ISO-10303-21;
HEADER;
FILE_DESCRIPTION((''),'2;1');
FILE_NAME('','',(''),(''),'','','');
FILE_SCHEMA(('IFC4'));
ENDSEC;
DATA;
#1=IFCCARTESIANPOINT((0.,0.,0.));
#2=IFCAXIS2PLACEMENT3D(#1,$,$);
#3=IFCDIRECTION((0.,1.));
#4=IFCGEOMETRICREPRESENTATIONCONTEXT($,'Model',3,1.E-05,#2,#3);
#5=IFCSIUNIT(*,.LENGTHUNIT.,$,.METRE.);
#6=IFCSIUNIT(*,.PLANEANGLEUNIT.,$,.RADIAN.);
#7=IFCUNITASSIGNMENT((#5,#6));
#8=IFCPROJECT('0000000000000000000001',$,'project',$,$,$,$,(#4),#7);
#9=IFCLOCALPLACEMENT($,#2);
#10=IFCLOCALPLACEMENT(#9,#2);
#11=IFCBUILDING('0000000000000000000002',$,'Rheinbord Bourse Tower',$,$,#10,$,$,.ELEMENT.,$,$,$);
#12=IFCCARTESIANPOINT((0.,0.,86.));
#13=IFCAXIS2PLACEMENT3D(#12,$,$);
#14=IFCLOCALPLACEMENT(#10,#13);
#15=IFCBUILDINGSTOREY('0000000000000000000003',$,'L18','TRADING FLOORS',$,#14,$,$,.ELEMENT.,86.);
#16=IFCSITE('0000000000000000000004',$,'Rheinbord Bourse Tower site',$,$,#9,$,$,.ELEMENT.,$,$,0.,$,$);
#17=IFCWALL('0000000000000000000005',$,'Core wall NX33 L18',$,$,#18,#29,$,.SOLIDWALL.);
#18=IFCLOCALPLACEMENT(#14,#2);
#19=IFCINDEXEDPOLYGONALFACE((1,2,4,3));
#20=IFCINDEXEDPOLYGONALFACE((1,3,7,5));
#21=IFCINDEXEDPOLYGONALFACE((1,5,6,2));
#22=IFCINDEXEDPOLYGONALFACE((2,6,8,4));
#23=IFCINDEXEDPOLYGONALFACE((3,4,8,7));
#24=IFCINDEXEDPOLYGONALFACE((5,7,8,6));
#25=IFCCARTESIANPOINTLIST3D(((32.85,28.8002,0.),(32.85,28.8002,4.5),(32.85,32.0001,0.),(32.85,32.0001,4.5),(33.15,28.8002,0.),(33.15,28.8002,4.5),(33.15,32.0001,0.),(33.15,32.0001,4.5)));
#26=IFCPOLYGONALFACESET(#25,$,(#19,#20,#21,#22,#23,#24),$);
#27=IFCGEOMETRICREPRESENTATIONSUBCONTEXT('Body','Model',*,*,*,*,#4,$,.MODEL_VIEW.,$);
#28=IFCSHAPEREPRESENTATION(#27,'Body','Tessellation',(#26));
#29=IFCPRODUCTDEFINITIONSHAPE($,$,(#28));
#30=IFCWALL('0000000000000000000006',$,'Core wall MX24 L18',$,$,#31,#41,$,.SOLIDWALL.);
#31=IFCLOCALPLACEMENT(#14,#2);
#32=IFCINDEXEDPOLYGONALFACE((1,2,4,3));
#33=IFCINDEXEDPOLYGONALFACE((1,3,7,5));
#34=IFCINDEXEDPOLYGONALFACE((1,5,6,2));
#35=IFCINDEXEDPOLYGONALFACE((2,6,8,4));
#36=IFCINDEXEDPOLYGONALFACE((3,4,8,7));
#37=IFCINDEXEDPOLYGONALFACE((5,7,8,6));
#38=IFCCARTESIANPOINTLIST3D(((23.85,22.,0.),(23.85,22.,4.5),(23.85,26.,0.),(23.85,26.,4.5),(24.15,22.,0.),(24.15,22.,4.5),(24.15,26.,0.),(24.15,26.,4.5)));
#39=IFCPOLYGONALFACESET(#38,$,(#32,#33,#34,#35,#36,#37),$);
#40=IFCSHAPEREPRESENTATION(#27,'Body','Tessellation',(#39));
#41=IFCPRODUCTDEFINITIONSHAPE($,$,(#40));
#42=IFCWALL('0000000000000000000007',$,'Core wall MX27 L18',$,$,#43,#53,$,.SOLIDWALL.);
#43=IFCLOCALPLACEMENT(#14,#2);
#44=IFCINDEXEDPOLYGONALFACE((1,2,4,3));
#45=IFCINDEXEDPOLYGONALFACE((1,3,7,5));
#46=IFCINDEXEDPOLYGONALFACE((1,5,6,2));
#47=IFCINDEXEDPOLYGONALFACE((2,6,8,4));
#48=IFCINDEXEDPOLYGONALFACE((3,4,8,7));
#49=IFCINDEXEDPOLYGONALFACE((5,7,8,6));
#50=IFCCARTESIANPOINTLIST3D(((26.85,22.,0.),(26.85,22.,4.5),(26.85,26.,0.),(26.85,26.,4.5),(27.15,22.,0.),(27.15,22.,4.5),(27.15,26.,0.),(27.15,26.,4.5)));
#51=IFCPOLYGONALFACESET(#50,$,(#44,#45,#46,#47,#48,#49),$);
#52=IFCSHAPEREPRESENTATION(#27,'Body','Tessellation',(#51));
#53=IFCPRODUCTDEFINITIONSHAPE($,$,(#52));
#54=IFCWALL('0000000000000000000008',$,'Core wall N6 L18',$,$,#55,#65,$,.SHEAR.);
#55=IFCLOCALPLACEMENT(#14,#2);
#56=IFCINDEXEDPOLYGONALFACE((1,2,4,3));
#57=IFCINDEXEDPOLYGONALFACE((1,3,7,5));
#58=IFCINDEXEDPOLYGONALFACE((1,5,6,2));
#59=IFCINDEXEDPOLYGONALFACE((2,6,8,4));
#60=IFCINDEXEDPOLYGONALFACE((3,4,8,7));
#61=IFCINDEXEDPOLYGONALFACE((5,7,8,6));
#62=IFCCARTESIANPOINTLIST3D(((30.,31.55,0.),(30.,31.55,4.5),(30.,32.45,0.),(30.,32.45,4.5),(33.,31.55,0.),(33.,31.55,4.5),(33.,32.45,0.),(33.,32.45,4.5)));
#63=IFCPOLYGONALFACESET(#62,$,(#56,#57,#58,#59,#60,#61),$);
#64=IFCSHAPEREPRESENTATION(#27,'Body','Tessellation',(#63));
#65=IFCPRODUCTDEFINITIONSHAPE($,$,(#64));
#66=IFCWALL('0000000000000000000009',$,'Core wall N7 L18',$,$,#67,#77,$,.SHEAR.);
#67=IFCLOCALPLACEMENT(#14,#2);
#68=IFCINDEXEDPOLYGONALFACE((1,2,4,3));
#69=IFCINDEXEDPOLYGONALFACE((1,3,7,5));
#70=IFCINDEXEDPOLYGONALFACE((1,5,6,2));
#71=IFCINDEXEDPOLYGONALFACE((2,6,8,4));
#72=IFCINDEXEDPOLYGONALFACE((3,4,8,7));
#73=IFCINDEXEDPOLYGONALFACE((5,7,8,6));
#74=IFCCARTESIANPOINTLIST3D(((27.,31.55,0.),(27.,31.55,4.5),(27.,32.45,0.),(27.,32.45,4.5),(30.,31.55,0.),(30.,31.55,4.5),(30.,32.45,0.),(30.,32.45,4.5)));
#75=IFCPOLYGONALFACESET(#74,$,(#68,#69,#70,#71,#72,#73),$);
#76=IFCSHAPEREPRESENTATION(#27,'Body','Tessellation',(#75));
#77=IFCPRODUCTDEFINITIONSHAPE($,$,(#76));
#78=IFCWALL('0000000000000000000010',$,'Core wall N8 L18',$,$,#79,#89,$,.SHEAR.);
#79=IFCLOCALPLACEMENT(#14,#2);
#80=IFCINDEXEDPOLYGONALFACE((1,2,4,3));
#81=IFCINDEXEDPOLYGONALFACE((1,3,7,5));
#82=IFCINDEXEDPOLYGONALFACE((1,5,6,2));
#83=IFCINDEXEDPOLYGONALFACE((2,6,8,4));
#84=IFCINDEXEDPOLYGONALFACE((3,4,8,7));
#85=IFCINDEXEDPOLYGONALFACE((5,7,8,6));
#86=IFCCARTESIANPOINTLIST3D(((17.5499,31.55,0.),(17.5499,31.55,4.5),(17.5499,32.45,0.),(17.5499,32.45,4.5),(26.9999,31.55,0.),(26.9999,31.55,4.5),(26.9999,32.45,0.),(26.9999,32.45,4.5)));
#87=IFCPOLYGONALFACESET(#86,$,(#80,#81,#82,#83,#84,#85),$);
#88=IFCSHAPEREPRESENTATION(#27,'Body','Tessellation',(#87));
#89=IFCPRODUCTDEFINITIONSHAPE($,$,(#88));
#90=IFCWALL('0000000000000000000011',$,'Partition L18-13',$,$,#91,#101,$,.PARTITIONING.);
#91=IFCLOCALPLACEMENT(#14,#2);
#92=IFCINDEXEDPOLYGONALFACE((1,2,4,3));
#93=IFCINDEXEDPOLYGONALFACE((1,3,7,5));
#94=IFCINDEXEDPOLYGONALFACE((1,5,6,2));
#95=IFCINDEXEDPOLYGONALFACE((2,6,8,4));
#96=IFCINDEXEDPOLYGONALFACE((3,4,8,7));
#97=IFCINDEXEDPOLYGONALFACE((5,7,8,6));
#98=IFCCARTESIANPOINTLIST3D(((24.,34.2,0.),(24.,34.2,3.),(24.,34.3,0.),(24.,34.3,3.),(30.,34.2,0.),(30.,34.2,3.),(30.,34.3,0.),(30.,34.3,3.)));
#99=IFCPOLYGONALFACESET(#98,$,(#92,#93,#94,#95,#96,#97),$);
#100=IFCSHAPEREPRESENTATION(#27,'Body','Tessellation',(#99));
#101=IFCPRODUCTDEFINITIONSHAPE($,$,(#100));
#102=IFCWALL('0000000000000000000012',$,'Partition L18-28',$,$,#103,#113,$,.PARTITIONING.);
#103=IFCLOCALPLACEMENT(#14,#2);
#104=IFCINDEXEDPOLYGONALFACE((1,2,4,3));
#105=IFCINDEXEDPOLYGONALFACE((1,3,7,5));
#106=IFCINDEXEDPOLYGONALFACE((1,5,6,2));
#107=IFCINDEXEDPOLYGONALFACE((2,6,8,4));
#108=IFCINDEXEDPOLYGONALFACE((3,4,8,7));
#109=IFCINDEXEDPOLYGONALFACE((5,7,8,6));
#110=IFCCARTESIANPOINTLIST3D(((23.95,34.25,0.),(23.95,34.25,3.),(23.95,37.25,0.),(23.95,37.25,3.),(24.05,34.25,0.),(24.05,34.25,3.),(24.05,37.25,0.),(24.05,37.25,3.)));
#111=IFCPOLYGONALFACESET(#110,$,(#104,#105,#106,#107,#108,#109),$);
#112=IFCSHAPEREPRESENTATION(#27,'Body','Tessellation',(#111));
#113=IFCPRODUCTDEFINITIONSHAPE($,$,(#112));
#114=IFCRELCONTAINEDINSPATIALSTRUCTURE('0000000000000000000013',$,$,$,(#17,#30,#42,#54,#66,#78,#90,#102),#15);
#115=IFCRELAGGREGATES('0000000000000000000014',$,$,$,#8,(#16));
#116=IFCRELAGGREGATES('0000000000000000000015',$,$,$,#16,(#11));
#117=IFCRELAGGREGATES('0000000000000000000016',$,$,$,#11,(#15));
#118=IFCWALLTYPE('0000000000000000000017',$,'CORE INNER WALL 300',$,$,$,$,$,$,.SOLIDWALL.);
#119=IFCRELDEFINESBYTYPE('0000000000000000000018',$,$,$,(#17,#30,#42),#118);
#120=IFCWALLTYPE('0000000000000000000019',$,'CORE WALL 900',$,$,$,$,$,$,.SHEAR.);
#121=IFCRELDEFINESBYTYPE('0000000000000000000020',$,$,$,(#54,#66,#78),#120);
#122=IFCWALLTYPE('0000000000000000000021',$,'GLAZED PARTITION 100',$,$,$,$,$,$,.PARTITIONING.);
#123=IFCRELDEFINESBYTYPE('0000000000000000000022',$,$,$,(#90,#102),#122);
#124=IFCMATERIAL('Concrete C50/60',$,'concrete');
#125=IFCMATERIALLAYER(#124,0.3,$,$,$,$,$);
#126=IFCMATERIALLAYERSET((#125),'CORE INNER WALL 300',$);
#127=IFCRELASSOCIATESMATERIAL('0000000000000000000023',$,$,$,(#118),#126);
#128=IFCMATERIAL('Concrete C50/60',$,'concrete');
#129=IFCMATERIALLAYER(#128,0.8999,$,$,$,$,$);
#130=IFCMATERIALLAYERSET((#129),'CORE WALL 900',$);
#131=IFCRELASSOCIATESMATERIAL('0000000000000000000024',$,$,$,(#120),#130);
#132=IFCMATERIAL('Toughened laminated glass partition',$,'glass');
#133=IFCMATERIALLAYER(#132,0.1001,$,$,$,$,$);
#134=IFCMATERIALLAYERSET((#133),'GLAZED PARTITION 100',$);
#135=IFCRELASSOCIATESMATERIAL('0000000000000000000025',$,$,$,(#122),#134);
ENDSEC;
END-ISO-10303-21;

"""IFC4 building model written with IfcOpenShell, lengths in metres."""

from ifc_helpers import new_model, si_unit, direction, frame, frame_2d, origin, place, context, subcontext, project, spatial, rectangle, extrude, material, layer, layer_set, type_object, element, save


model = new_model("IFC4")

# Units and contexts
model_context = context("Model", 3, precision=1e-05, world=origin(), true_north=direction((0.0, 1.0)))
body_context = subcontext(model_context, "Body", "Model", "MODEL_VIEW")
ifc_project = project(units=[si_unit("LENGTHUNIT", "METRE"), si_unit("PLANEANGLEUNIT", "RADIAN")], contexts=[model_context])

# Site, building, storey
site_placement = place(None, origin())
site = spatial("IfcSite", under=ifc_project, at=site_placement, Name="Rheinbord Bourse Tower site", CompositionType="ELEMENT", RefElevation=0.0)
building_placement = place(site_placement, origin())
building = spatial("IfcBuilding", under=site, at=building_placement, Name="Rheinbord Bourse Tower", CompositionType="ELEMENT")
storey_placement = place(building_placement, frame((0.0, 0.0, 86.0)))
storey = spatial("IfcBuildingStorey", under=building, at=storey_placement, Name="L18", Description="TRADING FLOORS", CompositionType="ELEMENT", Elevation=86.0)

# Shared definitions
ifc_material_1 = material(Name="Concrete C50/60", Category="concrete")
ifc_layer_1 = layer(ifc_material_1, 0.3)
ifc_layer_set_1 = layer_set([ifc_layer_1], Name="CORE INNER WALL 300")
wall_type_1 = type_object("IfcWallType", Name="CORE INNER WALL 300", PredefinedType="SOLIDWALL", material=ifc_layer_set_1)

# Walls
for number, where, z_axis, x_axis, name in (
    (1, (33.0, 28.8, 0.0), (0.0, 0.0, 1.0), (0.0, 1.0, 0.0), "Core wall NX33 L18"),
):
    element("IfcWall", number, at=place(storey_placement, frame(where, z_axis=z_axis, x_axis=x_axis)), inside=storey, type_object=wall_type_1, Name=name, PredefinedType="SOLIDWALL", context=body_context, shape_type="SweptSolid", body=[
        extrude(rectangle(XDim=3.2, YDim=0.3, at=frame_2d((1.6001, 0.0))), origin(), (0.0, 0.0, 1.0), 4.5),
    ])
for number, where, z_axis, x_axis, name in (
    (2, (24.0, 22.0, 0.0), (0.0, 0.0, 1.0), (0.0, 1.0, 0.0), "Core wall MX24 L18"),
    (3, (27.0, 22.0, 0.0), (0.0, 0.0, 1.0), (0.0, 1.0, 0.0), "Core wall MX27 L18"),
):
    element("IfcWall", number, at=place(storey_placement, frame(where, z_axis=z_axis, x_axis=x_axis)), inside=storey, type_object=wall_type_1, Name=name, PredefinedType="SOLIDWALL", context=body_context, shape_type="SweptSolid", body=[
        extrude(rectangle(XDim=4.0, YDim=0.3, at=frame_2d((2.0, 0.0))), origin(), (0.0, 0.0, 1.0), 4.5),
    ])
ifc_material_2 = material(Name="Concrete C50/60", Category="concrete")
ifc_layer_2 = layer(ifc_material_2, 0.8999)
ifc_layer_set_2 = layer_set([ifc_layer_2], Name="CORE WALL 900")
wall_type_2 = type_object("IfcWallType", Name="CORE WALL 900", PredefinedType="SHEAR", material=ifc_layer_set_2)
for number, where, z_axis, x_axis, name in (
    (4, (33.0, 32.0, 0.0), (0.0, 0.0, 1.0), (-1.0, 0.0, 0.0), "Core wall N6 L18"),
    (5, (30.0, 32.0, 0.0), (0.0, 0.0, 1.0), (-1.0, 0.0, 0.0), "Core wall N7 L18"),
):
    element("IfcWall", number, at=place(storey_placement, frame(where, z_axis=z_axis, x_axis=x_axis)), inside=storey, type_object=wall_type_2, Name=name, PredefinedType="SHEAR", context=body_context, shape_type="SweptSolid", body=[
        extrude(rectangle(XDim=3.0, YDim=0.8999, at=frame_2d((1.5, 0.0))), origin(), (0.0, 0.0, 1.0), 4.5),
    ])
wall_1_placement = place(storey_placement, frame((27.0, 32.0, 0.0), z_axis=(0.0, 0.0, 1.0), x_axis=(-1.0, 0.0, 0.0)))
element("IfcWall", 6, at=wall_1_placement, inside=storey, type_object=wall_type_2, Name="Core wall N8 L18", PredefinedType="SHEAR", context=body_context, shape_type="SweptSolid", body=[
    extrude(rectangle(XDim=9.45, YDim=0.8999, at=frame_2d((4.7251, 0.0))), origin(), (0.0, 0.0, 1.0), 4.5),
])
ifc_material_3 = material(Name="Toughened laminated glass partition", Category="glass")
ifc_layer_3 = layer(ifc_material_3, 0.1001)
ifc_layer_set_3 = layer_set([ifc_layer_3], Name="GLAZED PARTITION 100")
wall_type_3 = type_object("IfcWallType", Name="GLAZED PARTITION 100", PredefinedType="PARTITIONING", material=ifc_layer_set_3)
wall_2_placement = place(storey_placement, frame((24.0, 34.25, 0.0), z_axis=(0.0, 0.0, 1.0), x_axis=(1.0, 0.0, 0.0)))
element("IfcWall", 7, at=wall_2_placement, inside=storey, type_object=wall_type_3, Name="Partition L18-13", PredefinedType="PARTITIONING", context=body_context, shape_type="SweptSolid", body=[
    extrude(rectangle(XDim=6.0, YDim=0.1001, at=frame_2d((3.0, 0.0))), origin(), (0.0, 0.0, 1.0), 3.0),
])
wall_3_placement = place(storey_placement, frame((24.0, 34.25, 0.0), z_axis=(0.0, 0.0, 1.0), x_axis=(0.0, 1.0, 0.0)))
element("IfcWall", 8, at=wall_3_placement, inside=storey, type_object=wall_type_3, Name="Partition L18-28", PredefinedType="PARTITIONING", context=body_context, shape_type="SweptSolid", body=[
    extrude(rectangle(XDim=3.0, YDim=0.1001, at=frame_2d((1.5, 0.0))), origin(), (0.0, 0.0, 1.0), 3.0),
])

save(model, "model.ifc")
